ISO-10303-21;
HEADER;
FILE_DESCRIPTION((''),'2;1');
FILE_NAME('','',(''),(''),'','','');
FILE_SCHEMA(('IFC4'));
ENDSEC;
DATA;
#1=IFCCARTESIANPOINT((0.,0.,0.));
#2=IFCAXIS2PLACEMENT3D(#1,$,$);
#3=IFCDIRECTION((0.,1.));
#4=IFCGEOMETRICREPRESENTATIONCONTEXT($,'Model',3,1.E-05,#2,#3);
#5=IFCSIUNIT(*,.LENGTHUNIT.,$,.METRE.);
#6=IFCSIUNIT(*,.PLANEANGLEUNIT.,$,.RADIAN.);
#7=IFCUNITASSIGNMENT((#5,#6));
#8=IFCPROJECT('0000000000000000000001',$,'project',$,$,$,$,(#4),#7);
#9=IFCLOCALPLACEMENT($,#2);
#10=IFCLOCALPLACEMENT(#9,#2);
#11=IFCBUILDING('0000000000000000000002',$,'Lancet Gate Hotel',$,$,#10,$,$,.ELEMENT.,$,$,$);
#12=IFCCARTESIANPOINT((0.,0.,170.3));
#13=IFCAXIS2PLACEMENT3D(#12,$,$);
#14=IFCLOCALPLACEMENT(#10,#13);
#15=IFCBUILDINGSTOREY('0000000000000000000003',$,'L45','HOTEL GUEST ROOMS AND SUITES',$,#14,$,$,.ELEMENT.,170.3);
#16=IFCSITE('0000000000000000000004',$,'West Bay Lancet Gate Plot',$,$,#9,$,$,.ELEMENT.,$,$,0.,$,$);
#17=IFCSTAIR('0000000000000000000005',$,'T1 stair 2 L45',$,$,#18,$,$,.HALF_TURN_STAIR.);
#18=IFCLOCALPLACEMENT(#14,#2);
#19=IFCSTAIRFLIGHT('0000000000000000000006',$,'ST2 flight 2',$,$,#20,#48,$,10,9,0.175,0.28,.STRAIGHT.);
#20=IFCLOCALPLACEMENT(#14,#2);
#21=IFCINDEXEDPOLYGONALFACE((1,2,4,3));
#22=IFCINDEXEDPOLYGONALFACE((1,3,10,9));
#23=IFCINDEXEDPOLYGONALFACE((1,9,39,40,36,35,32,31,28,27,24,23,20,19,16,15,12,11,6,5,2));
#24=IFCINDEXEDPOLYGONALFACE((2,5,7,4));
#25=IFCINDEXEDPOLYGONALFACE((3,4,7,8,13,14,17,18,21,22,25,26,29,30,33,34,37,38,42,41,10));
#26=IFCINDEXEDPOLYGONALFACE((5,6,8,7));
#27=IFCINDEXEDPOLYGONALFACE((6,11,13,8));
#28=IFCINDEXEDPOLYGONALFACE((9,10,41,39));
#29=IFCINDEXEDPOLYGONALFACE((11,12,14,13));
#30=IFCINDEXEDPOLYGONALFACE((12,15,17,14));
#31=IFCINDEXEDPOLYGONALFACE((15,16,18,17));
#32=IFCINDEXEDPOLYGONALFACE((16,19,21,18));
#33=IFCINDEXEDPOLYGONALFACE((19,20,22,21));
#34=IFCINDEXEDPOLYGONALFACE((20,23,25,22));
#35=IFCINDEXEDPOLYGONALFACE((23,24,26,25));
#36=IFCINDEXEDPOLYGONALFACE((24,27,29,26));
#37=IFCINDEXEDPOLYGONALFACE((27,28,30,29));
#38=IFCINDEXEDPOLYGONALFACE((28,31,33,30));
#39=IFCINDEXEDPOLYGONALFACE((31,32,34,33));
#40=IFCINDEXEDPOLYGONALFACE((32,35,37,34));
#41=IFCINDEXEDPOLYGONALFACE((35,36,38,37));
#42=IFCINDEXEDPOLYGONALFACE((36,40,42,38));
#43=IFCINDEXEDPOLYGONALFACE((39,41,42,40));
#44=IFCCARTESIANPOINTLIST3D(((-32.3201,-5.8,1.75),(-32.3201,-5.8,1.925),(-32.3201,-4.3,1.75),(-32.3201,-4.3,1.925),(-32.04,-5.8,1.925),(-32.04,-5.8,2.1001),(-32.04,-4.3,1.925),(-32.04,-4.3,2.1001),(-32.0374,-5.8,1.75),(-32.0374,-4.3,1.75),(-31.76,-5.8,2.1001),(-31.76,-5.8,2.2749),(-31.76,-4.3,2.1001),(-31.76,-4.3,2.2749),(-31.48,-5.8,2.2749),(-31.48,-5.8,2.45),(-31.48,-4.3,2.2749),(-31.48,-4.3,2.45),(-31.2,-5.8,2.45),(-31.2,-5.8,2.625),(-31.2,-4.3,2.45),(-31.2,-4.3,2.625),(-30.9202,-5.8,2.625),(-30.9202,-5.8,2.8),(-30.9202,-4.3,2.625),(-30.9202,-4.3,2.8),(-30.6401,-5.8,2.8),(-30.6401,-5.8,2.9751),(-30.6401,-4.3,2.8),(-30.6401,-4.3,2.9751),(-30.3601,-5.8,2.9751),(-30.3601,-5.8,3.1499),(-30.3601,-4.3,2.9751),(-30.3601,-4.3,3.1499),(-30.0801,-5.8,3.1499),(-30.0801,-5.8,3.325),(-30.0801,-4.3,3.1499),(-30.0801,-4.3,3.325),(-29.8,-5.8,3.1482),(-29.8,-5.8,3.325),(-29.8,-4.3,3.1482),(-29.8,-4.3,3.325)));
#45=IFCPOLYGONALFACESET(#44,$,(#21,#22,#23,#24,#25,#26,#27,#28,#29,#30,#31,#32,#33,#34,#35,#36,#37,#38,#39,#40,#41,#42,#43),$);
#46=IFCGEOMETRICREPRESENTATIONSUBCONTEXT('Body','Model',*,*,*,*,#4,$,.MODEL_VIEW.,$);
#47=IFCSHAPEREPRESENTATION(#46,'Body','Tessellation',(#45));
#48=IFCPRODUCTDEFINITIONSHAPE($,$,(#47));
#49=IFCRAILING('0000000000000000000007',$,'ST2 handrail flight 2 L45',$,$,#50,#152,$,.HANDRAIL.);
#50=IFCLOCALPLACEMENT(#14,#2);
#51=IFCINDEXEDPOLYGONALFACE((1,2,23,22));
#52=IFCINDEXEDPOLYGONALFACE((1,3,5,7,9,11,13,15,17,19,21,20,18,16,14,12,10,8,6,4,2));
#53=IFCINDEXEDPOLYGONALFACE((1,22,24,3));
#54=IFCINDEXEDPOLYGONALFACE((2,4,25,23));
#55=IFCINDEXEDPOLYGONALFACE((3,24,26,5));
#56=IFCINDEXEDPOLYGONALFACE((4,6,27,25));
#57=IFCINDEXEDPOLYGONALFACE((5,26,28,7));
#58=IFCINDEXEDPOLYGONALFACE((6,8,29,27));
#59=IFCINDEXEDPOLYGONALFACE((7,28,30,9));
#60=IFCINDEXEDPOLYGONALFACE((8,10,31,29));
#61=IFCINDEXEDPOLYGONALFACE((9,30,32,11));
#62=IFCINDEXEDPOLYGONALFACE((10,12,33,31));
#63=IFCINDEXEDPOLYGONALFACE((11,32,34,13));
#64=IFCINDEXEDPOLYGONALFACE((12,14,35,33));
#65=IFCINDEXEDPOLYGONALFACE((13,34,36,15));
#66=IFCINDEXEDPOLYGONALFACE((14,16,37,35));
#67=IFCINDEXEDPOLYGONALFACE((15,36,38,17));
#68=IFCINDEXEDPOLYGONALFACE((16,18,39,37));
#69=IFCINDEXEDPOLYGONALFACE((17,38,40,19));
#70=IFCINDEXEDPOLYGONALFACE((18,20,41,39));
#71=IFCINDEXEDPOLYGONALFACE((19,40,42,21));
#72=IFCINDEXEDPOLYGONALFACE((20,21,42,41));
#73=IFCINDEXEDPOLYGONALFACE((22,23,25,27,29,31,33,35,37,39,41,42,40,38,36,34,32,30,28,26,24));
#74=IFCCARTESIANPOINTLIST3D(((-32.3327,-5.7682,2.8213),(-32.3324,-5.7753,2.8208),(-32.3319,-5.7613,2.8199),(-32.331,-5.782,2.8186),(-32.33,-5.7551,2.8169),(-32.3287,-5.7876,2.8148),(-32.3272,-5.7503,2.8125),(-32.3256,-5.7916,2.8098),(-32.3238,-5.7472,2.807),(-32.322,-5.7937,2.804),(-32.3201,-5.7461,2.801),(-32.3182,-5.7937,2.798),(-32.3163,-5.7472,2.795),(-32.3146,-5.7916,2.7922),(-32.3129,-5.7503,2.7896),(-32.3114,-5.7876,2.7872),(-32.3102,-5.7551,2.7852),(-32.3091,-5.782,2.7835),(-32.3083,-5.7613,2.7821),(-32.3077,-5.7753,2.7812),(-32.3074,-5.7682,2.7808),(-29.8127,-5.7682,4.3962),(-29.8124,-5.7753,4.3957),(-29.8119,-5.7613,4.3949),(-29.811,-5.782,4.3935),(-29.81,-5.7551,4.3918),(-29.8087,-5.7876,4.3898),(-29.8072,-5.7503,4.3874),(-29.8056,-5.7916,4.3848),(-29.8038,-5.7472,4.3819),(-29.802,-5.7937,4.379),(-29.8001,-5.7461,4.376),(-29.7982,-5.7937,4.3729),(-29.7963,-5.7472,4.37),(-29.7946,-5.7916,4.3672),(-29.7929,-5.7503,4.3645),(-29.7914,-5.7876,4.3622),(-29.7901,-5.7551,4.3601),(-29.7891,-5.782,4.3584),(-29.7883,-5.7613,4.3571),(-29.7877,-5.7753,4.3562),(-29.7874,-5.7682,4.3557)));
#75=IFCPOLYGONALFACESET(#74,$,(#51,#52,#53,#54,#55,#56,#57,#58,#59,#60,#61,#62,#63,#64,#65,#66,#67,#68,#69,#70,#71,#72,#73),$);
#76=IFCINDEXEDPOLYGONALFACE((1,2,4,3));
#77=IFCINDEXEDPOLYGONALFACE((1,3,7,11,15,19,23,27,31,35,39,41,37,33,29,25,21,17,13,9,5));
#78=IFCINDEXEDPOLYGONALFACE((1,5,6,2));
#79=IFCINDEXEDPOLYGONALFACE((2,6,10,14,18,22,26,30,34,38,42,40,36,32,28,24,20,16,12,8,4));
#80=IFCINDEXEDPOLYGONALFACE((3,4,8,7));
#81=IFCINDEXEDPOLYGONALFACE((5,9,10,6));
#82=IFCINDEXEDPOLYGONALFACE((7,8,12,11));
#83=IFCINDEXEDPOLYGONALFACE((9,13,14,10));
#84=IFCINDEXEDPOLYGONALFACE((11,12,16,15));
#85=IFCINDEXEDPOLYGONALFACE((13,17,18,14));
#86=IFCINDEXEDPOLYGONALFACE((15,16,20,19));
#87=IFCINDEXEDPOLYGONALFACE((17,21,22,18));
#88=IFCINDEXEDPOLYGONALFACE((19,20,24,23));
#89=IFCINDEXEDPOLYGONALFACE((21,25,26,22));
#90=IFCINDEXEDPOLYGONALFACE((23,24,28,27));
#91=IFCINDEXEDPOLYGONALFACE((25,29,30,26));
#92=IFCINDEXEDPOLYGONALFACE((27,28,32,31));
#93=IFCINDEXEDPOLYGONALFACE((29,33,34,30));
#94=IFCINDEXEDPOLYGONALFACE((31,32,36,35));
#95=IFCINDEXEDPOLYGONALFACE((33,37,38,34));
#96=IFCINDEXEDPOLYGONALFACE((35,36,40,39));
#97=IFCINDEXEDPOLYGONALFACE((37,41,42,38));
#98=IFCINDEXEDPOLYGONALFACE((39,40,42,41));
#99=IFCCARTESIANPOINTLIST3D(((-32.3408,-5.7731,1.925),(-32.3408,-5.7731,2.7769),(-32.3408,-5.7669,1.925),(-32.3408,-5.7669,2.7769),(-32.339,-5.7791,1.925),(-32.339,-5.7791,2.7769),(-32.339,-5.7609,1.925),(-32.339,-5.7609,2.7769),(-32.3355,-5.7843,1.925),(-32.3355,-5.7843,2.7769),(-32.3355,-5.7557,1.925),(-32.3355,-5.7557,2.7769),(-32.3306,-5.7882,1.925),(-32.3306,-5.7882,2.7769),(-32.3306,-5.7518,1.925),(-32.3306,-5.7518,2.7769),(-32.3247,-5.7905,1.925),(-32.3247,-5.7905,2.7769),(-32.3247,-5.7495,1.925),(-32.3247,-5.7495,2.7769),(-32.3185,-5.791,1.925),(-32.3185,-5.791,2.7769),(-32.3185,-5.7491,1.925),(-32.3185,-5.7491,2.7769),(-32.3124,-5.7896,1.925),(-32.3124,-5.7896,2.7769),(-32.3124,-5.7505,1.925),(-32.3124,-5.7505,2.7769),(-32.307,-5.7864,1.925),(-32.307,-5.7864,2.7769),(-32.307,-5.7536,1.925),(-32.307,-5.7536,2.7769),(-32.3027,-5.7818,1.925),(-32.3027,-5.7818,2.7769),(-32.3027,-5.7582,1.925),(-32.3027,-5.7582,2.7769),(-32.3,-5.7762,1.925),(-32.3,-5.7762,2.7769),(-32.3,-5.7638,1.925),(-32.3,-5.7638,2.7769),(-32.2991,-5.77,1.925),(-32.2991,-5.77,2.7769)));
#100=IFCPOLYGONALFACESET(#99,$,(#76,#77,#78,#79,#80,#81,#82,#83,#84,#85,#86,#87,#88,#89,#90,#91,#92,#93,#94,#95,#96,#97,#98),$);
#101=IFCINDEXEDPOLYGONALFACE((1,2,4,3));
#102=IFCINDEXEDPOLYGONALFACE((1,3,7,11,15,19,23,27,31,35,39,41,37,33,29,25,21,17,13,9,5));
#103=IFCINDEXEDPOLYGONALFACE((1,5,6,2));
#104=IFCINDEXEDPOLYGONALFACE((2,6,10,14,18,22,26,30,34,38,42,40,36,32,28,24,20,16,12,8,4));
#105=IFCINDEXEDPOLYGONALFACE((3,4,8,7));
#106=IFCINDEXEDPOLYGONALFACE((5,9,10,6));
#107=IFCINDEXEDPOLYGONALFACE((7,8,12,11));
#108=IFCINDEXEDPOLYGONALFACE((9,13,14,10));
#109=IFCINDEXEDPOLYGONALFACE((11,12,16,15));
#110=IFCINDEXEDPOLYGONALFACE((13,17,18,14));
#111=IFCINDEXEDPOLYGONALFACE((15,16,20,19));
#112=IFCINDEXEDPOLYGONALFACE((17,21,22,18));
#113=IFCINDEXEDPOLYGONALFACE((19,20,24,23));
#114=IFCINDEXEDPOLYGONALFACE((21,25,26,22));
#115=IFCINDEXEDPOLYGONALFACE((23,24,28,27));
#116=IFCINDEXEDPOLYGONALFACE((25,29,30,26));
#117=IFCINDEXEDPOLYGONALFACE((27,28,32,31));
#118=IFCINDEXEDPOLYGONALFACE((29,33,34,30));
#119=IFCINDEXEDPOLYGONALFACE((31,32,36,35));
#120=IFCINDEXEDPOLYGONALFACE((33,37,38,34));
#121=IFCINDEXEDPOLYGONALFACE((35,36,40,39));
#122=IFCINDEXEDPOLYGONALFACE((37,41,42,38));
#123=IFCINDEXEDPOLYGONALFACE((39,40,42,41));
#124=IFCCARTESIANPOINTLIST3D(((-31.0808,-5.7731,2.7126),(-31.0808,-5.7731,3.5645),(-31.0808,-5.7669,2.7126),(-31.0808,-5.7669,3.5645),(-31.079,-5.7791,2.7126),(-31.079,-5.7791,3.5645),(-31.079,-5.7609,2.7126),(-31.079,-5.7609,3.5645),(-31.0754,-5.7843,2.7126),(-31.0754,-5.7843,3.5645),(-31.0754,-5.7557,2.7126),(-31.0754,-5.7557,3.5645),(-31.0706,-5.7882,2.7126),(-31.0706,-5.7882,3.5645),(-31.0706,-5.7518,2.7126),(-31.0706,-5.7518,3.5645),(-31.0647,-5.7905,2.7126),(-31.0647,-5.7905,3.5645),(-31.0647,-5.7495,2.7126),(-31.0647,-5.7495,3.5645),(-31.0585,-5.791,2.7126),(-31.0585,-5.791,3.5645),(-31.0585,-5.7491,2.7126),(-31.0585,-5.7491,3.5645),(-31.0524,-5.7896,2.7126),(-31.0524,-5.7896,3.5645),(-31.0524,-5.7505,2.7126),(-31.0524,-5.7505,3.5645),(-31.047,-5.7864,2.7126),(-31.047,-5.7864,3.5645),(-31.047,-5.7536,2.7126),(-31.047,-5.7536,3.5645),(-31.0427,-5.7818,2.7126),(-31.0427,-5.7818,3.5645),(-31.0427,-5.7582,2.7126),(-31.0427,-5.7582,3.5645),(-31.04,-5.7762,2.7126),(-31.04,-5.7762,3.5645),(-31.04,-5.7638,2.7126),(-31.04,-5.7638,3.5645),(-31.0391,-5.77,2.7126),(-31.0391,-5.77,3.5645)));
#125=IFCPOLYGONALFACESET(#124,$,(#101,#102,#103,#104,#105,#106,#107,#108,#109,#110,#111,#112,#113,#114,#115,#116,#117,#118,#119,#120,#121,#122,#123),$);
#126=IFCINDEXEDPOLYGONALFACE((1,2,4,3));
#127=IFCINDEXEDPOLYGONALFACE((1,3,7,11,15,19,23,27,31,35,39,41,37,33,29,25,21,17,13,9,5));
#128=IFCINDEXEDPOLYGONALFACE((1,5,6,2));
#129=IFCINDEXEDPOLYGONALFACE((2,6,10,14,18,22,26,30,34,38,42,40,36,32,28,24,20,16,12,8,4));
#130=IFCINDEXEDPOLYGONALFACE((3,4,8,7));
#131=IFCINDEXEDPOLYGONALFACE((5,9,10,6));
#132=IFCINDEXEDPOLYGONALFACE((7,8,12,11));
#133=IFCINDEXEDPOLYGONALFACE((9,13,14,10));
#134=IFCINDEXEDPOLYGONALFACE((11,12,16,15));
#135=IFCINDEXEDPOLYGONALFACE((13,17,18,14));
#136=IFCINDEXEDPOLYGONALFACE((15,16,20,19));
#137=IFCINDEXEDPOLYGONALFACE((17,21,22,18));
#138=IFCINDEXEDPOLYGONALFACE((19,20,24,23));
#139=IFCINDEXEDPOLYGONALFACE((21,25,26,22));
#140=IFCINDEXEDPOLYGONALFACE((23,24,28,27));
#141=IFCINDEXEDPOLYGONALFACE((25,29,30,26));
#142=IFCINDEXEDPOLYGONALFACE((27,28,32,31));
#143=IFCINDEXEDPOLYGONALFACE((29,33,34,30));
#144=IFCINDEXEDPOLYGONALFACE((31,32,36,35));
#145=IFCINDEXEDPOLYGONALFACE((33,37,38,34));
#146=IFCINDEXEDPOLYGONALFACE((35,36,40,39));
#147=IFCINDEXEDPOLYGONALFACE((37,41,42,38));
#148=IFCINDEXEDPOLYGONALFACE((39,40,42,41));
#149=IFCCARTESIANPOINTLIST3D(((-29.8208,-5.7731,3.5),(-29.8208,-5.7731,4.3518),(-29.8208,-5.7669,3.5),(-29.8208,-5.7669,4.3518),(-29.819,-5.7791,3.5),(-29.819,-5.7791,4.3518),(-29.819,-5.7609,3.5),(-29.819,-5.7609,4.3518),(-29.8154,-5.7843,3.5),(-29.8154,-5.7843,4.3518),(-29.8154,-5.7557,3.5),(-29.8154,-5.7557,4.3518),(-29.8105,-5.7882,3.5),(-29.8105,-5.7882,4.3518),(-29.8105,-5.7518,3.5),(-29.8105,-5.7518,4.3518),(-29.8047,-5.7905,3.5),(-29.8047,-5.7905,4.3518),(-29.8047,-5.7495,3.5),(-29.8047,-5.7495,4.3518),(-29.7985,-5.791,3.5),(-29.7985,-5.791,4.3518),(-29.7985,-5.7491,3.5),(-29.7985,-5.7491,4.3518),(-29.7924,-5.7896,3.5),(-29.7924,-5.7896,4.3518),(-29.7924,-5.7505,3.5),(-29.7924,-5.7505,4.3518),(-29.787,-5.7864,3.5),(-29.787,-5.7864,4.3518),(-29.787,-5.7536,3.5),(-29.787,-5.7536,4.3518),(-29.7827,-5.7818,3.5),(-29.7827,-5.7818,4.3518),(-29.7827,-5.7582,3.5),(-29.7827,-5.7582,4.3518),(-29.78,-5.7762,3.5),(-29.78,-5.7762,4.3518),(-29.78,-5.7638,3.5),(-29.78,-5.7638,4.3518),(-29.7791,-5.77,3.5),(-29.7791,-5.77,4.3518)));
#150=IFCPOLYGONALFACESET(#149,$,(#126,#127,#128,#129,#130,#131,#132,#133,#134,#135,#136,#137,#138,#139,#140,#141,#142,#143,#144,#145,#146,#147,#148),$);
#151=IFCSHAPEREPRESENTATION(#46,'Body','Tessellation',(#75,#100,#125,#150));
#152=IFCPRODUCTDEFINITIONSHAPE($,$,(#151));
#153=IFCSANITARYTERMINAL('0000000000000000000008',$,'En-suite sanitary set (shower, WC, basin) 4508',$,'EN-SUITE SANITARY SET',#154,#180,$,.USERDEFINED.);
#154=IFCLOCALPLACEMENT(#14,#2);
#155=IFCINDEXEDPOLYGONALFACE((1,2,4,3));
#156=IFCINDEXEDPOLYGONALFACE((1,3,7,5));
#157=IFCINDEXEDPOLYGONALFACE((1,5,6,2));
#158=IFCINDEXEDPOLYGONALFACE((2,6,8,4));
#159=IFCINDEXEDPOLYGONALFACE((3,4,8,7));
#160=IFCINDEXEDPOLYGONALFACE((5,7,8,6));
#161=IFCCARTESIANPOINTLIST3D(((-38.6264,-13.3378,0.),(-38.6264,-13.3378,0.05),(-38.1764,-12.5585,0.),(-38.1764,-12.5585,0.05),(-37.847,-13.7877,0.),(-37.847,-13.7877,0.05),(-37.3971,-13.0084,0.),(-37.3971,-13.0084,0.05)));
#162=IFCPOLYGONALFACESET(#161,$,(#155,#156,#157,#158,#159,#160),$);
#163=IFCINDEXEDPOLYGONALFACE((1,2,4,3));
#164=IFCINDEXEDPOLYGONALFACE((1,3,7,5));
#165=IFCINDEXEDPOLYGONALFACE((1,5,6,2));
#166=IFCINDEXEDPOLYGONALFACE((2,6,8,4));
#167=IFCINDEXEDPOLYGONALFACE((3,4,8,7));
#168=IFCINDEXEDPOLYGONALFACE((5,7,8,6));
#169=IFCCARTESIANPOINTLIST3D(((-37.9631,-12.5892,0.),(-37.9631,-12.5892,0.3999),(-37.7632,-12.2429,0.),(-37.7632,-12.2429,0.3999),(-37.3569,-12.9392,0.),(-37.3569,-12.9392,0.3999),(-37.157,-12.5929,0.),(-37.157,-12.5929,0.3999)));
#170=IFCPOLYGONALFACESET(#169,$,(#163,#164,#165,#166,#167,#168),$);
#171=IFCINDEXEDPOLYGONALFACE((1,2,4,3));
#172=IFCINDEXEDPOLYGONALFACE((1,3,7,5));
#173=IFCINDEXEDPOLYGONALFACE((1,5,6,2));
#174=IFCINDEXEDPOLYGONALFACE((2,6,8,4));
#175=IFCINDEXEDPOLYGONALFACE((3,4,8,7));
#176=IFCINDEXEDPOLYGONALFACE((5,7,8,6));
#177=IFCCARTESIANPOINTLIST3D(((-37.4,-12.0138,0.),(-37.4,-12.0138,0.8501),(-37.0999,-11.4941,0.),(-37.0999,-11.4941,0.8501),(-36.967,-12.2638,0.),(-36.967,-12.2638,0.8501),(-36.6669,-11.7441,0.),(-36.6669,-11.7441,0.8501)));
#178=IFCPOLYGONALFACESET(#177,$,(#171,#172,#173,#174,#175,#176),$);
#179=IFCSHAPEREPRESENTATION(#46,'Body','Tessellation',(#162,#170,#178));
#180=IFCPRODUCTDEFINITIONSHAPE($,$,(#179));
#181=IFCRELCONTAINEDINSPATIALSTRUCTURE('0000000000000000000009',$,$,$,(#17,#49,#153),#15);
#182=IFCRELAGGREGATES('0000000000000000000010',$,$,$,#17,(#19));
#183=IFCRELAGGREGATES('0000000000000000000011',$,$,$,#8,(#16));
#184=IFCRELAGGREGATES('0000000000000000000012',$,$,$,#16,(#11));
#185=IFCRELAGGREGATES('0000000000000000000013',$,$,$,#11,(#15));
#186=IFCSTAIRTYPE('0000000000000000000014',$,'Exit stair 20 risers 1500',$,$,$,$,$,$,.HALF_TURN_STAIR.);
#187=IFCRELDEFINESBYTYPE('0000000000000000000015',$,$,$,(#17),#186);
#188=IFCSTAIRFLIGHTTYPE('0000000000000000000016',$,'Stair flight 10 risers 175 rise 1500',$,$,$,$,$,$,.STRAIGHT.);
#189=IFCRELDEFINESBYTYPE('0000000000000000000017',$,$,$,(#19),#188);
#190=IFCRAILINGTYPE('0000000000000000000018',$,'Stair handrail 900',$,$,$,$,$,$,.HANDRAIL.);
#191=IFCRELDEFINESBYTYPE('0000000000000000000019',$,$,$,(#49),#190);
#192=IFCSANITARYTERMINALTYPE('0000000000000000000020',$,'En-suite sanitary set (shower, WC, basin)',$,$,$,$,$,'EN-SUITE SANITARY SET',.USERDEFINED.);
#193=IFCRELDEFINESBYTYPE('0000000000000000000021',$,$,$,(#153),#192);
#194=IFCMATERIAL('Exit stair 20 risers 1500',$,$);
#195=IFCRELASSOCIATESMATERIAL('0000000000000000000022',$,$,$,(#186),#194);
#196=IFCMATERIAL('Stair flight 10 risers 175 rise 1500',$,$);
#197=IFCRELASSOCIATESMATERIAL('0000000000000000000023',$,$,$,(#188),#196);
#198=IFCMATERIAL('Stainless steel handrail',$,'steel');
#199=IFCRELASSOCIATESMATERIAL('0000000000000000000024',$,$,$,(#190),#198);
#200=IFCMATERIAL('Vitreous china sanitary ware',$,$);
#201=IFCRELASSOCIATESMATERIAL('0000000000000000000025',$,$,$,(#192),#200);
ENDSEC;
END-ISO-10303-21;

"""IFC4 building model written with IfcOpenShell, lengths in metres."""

from ifc_helpers import new_model, si_unit, direction, frame, origin, origin_2d, place, context, subcontext, project, spatial, polyline, rectangle, circle, outline, extrude, material, type_object, element, aggregate, save


model = new_model("IFC4")

# Units and contexts
model_context = context("Model", 3, precision=1e-05, world=origin(), true_north=direction((0.0, 1.0)))
body_context = subcontext(model_context, "Body", "Model", "MODEL_VIEW")
ifc_project = project(units=[si_unit("LENGTHUNIT", "METRE"), si_unit("PLANEANGLEUNIT", "RADIAN")], contexts=[model_context])

# Site, building, storey
site_placement = place(None, origin())
site = spatial("IfcSite", under=ifc_project, at=site_placement, Name="West Bay Lancet Gate Plot", CompositionType="ELEMENT", RefElevation=0.0)
building_placement = place(site_placement, origin())
building = spatial("IfcBuilding", under=site, at=building_placement, Name="Lancet Gate Hotel", CompositionType="ELEMENT")
storey_placement = place(building_placement, frame((0.0, 0.0, 170.3)))
storey = spatial("IfcBuildingStorey", under=building, at=storey_placement, Name="L45", Description="HOTEL GUEST ROOMS AND SUITES", CompositionType="ELEMENT", Elevation=170.3)

# Stair, stair flight
ifc_material_1 = material(Name="Exit stair 20 risers 1500")
stair_type = type_object("IfcStairType", Name="Exit stair 20 risers 1500", PredefinedType="HALF_TURN_STAIR", material=ifc_material_1)
stair_placement = place(storey_placement, origin())
stair = element("IfcStair", 1, at=stair_placement, inside=storey, type_object=stair_type, Name="T1 stair 2 L45", PredefinedType="HALF_TURN_STAIR")
ifc_material_2 = material(Name="Stair flight 10 risers 175 rise 1500")
stair_flight_type = type_object("IfcStairFlightType", Name="Stair flight 10 risers 175 rise 1500", PredefinedType="STRAIGHT", material=ifc_material_2)
stair_flight_placement = place(storey_placement, frame((-32.3201, -5.05, 1.75), z_axis=(0.0, 0.0, 1.0), x_axis=(1.0, 0.0, 0.0)))
stair_flight = element("IfcStairFlight", 2, at=stair_flight_placement, type_object=stair_flight_type, Name="ST2 flight 2", NumberOfRisers=10, NumberOfTreads=9, PredefinedType="STRAIGHT", RiserHeight=0.175, TreadLength=0.28, context=body_context, shape_type="SweptSolid", body=[
    extrude(outline(polyline([(0.0, 0.0), (0.0, 0.175), (0.28, 0.175), (0.28, 0.3501), (0.5601, 0.3501), (0.5601, 0.5249), (0.8401, 0.5249), (0.8401, 0.7), (1.1201, 0.7), (1.1201, 0.875), (1.3999, 0.875), (1.3999, 1.05), (1.6799, 1.05), (1.6799, 1.2251), (1.96, 1.2251), (1.96, 1.3999), (2.24, 1.3999), (2.24, 1.575), (2.52, 1.575), (2.52, 1.75), (2.52, 1.3982), (0.2827, 0.0), (0.0, 0.0)])), frame((0.0, 0.75, 0.0), z_axis=(0.0, -1.0, 0.0), x_axis=(1.0, 0.0, 0.0)), (0.0, 0.0, 1.0), 1.5),
])
aggregate(stair, [stair_flight])

# Railing
ifc_material_3 = material(Name="Stainless steel handrail", Category="steel")
railing_type = type_object("IfcRailingType", Name="Stair handrail 900", PredefinedType="HANDRAIL", material=ifc_material_3)
railing_placement = place(storey_placement, frame((-32.3201, -5.77, 1.925)))
element("IfcRailing", 3, at=railing_placement, inside=storey, type_object=railing_type, Name="ST2 handrail flight 2 L45", PredefinedType="HANDRAIL", context=body_context, shape_type="SweptSolid", body=[
    extrude(circle(Radius=0.0239, at=origin_2d()), frame((0.0, 0.0, 0.876), z_axis=(0.848008, 0.0, 0.529984), x_axis=(0.0, 1.0, 0.0)), (0.0, 0.0, 1.0), 2.9717),
    extrude(circle(Radius=0.021, at=origin_2d()), origin(), (0.0, 0.0, 1.0), 0.8518),
    extrude(circle(Radius=0.021, at=origin_2d()), frame((1.26, 0.0, 0.7876)), (0.0, 0.0, 1.0), 0.8518),
    extrude(circle(Radius=0.021, at=origin_2d()), frame((2.52, 0.0, 1.575)), (0.0, 0.0, 1.0), 0.8518),
])

# Sanitary terminal
ifc_material_4 = material(Name="Vitreous china sanitary ware")
sanitary_terminal_type = type_object("IfcSanitaryTerminalType", Name="En-suite sanitary set (shower, WC, basin)", ElementType="EN-SUITE SANITARY SET", PredefinedType="USERDEFINED", material=ifc_material_4)
sanitary_terminal_placement = place(storey_placement, frame((-38.0117, -13.1731, 0.0), z_axis=(0.0, 0.0, 1.0), x_axis=(1.0, 0.0, 0.0)))
element("IfcSanitaryTerminal", 4, at=sanitary_terminal_placement, inside=storey, type_object=sanitary_terminal_type, Name="En-suite sanitary set (shower, WC, basin) 4508", ObjectType="EN-SUITE SANITARY SET", PredefinedType="USERDEFINED", context=body_context, shape_type="SweptSolid", body=[
    extrude(rectangle(XDim=0.8999, YDim=0.8999, at=origin_2d()), frame((0.0, 0.0, 0.0), z_axis=(0.0, 0.0, 1.0), x_axis=(-0.5, -0.866025, 0.0)), (0.0, 0.0, 1.0), 0.05),
    extrude(rectangle(XDim=0.3999, YDim=0.7, at=origin_2d()), frame((0.4517, 0.582, 0.0), z_axis=(0.0, 0.0, 1.0), x_axis=(-0.5, -0.866025, 0.0)), (0.0, 0.0, 1.0), 0.3999),
    extrude(rectangle(XDim=0.6001, YDim=0.5, at=origin_2d()), frame((0.9783, 1.2942, 0.0), z_axis=(0.0, 0.0, 1.0), x_axis=(-0.5, -0.866025, 0.0)), (0.0, 0.0, 1.0), 0.8501),
])

save(model, "model.ifc")
